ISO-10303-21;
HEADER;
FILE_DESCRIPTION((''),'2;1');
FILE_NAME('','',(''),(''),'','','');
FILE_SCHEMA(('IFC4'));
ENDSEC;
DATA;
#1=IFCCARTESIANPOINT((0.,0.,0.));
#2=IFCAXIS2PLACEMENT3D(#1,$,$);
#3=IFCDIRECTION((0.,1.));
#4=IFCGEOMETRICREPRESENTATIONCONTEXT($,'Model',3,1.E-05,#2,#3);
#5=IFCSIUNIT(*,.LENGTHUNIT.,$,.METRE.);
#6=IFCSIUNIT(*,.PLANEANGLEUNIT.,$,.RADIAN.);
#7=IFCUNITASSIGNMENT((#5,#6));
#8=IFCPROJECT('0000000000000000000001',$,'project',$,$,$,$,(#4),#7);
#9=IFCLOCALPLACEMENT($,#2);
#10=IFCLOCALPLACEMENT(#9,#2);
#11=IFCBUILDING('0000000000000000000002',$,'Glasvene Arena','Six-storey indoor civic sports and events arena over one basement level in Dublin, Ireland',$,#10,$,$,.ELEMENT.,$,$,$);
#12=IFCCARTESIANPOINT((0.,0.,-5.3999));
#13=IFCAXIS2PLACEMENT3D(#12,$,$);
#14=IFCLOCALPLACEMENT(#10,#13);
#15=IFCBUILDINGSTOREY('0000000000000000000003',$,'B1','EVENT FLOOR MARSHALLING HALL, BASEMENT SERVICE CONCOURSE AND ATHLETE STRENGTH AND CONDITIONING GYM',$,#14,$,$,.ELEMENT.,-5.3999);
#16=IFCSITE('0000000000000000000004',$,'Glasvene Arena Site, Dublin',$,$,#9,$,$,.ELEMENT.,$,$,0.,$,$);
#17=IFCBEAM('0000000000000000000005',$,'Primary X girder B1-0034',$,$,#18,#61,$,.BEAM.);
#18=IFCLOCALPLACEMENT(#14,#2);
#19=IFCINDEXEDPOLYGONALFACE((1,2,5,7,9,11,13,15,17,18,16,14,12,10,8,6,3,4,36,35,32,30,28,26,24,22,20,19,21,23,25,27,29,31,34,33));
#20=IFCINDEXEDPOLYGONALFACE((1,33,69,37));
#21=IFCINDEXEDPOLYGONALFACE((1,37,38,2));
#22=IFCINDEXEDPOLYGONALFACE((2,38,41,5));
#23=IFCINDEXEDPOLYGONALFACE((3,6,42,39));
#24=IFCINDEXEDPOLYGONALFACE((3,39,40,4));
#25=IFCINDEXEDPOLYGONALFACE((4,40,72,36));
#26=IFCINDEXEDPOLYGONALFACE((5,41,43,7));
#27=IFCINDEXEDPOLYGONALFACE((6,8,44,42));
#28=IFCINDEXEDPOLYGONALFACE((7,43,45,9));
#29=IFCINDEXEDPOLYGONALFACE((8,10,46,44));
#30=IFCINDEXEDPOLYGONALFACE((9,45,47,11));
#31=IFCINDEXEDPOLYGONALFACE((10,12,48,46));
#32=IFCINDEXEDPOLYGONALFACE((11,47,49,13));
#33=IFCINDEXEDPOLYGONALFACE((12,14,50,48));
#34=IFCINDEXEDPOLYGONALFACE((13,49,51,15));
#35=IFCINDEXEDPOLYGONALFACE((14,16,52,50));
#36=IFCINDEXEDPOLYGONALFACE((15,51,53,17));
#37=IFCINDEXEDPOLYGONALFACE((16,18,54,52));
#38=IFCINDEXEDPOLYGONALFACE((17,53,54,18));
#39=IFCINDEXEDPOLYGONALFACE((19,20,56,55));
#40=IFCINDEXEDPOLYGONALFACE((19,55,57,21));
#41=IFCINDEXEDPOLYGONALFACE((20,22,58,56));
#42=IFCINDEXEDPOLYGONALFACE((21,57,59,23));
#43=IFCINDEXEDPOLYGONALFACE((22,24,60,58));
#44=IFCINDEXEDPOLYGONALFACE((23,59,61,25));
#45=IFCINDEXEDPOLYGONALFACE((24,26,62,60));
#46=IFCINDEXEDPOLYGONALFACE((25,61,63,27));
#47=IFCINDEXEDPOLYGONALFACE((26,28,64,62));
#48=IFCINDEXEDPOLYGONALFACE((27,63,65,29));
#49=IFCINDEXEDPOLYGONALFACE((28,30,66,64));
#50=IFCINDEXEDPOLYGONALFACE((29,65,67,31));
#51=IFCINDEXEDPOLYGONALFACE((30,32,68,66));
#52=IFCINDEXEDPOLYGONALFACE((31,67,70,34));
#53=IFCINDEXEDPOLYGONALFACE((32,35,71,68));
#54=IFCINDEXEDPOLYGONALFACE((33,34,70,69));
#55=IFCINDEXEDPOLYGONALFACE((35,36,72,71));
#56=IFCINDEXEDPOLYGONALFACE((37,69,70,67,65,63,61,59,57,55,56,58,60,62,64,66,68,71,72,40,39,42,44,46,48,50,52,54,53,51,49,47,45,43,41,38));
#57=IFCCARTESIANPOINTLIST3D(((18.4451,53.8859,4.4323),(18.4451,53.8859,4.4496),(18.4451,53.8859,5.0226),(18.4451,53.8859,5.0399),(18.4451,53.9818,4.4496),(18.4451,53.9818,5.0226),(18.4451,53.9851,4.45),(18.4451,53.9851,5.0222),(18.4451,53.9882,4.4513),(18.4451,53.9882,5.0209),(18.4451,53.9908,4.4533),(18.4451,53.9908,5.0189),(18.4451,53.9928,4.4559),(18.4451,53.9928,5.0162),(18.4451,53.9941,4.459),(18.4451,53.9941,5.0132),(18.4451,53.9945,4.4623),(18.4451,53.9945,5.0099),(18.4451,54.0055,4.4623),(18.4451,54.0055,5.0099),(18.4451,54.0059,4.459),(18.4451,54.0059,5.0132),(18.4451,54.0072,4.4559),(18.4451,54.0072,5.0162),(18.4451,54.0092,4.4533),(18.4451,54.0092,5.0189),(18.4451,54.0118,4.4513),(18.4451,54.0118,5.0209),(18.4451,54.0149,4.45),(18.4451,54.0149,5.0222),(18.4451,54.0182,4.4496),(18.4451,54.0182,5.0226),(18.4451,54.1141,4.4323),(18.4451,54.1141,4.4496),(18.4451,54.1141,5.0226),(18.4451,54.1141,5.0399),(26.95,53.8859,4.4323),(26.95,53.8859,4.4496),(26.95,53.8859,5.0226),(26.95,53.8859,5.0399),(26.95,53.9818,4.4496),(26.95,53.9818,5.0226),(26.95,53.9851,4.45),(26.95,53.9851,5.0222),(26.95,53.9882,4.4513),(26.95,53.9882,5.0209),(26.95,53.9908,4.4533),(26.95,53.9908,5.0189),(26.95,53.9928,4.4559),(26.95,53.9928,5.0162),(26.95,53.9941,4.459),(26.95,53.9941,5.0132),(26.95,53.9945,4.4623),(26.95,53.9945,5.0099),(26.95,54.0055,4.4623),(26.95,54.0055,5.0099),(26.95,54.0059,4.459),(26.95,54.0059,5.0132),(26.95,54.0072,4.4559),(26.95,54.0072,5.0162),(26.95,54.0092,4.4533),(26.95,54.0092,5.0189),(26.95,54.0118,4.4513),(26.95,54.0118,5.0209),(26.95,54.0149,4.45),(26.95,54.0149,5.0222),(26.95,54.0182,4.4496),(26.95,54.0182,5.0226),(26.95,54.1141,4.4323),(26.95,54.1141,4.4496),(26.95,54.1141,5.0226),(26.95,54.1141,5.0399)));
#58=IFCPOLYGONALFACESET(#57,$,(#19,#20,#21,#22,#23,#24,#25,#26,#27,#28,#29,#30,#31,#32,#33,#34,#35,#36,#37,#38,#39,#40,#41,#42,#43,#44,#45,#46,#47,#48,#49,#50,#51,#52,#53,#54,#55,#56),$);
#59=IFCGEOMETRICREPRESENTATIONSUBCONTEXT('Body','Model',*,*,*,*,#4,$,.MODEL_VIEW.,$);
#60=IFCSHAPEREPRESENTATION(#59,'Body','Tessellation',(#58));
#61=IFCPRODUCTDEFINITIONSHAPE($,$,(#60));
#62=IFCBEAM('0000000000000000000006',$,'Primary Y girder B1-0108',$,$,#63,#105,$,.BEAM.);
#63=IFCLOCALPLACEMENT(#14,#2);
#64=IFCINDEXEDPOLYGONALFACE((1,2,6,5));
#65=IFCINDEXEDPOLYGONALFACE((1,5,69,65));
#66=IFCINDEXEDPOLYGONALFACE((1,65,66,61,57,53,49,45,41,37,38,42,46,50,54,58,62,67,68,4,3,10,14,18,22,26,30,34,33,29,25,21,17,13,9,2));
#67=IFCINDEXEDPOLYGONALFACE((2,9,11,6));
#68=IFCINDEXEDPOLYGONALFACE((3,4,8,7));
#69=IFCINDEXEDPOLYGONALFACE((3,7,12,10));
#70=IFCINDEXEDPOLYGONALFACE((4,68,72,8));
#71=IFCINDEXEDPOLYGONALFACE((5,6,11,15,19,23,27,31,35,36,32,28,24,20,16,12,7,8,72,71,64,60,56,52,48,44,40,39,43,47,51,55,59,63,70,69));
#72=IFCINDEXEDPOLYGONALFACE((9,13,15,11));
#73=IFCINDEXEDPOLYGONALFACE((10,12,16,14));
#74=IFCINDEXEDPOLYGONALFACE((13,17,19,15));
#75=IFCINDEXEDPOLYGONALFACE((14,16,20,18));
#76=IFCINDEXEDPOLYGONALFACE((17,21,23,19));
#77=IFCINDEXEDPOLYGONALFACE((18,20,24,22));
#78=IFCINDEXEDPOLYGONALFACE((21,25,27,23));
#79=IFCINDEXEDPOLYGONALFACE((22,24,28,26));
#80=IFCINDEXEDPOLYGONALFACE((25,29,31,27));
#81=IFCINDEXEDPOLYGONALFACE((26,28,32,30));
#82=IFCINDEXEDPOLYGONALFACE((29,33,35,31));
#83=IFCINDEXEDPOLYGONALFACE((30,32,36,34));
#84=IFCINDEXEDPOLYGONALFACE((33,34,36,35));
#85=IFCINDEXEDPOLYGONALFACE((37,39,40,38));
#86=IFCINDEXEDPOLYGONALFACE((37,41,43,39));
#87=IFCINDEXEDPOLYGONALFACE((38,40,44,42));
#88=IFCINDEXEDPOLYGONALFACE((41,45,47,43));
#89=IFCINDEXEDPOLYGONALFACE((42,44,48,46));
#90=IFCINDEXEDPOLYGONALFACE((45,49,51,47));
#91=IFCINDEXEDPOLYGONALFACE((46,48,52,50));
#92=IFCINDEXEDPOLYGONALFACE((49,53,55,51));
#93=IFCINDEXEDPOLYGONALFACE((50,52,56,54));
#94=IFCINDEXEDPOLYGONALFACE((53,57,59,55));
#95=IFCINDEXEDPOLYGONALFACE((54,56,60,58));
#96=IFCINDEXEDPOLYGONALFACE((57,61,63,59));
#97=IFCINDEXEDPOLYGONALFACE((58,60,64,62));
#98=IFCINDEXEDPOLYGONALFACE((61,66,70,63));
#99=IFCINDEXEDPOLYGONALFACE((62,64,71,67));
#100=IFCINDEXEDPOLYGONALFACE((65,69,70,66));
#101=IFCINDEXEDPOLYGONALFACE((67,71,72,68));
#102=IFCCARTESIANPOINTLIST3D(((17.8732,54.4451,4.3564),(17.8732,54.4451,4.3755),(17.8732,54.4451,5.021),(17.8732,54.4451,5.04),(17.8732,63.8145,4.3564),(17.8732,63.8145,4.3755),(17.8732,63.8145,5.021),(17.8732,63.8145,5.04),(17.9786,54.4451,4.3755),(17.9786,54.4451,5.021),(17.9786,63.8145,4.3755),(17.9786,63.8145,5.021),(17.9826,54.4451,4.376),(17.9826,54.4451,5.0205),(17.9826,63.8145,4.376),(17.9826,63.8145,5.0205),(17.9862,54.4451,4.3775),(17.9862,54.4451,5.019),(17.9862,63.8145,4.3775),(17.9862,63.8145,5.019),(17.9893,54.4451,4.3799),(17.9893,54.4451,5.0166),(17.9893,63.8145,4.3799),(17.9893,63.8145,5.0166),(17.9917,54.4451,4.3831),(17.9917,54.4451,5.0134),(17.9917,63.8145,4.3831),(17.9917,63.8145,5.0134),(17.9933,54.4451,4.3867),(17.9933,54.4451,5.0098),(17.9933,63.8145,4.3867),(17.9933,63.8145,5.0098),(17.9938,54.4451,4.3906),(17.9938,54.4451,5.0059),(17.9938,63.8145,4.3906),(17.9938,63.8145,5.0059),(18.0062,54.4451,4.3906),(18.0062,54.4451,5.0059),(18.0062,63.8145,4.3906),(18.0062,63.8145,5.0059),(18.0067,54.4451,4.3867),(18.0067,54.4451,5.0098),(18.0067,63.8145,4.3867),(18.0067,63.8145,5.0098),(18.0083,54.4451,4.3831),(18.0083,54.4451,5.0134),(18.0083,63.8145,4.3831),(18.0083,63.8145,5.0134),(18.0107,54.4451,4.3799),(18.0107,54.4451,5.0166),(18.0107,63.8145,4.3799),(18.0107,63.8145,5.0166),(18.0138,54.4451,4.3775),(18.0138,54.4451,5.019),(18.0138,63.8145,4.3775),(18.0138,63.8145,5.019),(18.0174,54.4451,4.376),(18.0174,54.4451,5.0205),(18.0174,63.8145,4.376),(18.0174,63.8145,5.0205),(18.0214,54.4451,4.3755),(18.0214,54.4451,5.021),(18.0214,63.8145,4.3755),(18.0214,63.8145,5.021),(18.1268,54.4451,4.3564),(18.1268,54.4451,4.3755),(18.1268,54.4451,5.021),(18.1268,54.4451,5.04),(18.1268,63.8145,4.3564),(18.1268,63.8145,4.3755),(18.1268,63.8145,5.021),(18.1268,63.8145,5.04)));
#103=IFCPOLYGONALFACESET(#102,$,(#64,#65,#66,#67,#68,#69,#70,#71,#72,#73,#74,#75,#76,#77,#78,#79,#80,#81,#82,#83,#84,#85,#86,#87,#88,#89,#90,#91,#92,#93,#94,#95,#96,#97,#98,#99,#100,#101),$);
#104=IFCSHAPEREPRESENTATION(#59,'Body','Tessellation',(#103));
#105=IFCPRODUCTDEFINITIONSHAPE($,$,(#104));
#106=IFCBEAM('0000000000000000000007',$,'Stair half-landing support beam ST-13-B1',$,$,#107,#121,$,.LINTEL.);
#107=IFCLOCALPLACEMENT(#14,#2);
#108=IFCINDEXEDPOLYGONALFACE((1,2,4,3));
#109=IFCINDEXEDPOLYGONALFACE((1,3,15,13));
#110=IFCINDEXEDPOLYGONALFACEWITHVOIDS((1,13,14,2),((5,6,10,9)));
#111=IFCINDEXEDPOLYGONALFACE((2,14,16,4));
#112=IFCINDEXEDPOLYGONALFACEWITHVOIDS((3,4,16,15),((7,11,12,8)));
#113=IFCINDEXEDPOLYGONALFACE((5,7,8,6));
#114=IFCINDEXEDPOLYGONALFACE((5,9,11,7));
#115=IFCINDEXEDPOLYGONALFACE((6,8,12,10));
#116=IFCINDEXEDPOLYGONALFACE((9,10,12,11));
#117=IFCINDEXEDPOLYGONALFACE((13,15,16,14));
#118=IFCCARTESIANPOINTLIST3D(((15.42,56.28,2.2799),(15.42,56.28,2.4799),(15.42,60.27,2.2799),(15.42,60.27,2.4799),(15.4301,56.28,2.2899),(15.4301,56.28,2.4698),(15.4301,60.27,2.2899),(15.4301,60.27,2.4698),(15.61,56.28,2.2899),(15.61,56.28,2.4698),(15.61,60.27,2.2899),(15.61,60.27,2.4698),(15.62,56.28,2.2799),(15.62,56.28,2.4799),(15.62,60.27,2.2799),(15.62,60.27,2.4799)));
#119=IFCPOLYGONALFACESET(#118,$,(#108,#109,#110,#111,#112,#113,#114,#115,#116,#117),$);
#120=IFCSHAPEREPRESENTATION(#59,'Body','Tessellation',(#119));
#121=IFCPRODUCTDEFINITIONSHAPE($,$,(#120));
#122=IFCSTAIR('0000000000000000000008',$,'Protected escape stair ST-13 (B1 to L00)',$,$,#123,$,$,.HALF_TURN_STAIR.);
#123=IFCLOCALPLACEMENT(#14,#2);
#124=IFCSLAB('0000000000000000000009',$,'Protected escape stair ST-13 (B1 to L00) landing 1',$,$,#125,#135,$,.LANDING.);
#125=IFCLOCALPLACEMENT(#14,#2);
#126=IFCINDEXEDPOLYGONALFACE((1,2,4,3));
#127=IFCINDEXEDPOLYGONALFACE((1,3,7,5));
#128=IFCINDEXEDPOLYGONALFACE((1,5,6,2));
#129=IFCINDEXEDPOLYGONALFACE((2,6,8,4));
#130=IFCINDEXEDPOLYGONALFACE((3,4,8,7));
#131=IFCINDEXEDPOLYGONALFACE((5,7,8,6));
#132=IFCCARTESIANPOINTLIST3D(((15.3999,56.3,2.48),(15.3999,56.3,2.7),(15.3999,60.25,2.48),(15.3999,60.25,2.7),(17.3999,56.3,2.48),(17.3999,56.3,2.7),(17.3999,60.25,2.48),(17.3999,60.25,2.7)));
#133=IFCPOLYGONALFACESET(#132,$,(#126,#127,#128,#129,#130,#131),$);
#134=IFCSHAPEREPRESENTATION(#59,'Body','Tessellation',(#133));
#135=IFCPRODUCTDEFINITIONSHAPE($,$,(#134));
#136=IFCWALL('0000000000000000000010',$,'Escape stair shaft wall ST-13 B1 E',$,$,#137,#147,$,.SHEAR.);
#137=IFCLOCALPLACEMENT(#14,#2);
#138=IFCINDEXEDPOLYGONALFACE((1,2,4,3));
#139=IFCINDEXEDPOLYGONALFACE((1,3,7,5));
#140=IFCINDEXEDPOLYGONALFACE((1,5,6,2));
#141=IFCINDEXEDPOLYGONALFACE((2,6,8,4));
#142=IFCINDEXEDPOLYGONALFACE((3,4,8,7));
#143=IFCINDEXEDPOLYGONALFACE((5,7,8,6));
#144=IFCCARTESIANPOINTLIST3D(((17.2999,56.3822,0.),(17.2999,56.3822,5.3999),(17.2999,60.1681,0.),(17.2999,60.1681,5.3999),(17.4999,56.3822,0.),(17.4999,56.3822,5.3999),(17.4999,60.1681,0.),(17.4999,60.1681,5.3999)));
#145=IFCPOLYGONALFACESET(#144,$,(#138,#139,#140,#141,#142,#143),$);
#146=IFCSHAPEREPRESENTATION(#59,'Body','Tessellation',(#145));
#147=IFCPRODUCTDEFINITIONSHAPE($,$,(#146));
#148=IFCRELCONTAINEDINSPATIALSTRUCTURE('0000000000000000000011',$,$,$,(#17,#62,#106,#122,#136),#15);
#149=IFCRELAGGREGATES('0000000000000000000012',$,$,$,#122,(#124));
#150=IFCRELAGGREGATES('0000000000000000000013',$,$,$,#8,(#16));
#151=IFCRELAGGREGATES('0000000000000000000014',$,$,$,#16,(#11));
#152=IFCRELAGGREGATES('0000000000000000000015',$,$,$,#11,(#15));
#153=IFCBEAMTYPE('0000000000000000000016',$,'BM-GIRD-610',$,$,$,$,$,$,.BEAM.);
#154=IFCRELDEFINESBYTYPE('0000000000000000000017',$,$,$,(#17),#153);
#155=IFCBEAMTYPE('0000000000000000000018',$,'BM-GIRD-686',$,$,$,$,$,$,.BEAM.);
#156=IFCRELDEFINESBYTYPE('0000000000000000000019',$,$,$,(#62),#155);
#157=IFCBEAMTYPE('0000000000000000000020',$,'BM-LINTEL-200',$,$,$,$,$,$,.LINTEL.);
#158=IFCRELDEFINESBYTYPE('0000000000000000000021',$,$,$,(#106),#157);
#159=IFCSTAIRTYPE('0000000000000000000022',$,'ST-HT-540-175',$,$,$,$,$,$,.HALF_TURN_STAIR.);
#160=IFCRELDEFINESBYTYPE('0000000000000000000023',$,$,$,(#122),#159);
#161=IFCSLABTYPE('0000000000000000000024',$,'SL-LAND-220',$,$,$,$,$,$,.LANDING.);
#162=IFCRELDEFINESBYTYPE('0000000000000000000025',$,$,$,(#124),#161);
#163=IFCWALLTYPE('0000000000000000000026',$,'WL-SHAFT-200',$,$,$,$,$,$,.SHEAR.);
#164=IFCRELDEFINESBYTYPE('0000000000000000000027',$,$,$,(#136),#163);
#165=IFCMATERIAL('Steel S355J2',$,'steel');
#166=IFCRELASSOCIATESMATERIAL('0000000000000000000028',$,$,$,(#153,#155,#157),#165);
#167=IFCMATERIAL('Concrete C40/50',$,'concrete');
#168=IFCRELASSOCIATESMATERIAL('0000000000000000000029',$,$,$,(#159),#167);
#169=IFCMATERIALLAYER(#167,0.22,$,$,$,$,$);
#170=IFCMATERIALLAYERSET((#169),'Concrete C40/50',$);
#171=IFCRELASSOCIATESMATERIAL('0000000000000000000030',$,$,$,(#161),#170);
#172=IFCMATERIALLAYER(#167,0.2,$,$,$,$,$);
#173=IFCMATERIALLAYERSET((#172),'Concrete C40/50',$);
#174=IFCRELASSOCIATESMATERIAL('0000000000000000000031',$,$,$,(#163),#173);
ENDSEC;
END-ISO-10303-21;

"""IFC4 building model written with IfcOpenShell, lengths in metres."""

from ifc_helpers import new_model, si_unit, direction, frame, frame_2d, origin, origin_2d, place, context, subcontext, project, spatial, polyline, rectangle, hollow_rectangle, i_section, outline, extrude, material, layer, layer_set, material_profile, profile_set, type_object, element, aggregate, save


model = new_model("IFC4")

# Units and contexts
model_context = context("Model", 3, precision=1e-05, world=origin(), true_north=direction((0.0, 1.0)))
body_context = subcontext(model_context, "Body", "Model", "MODEL_VIEW")
ifc_project = project(units=[si_unit("LENGTHUNIT", "METRE"), si_unit("PLANEANGLEUNIT", "RADIAN")], contexts=[model_context])

# Site, building, storey
site_placement = place(None, origin())
site = spatial("IfcSite", under=ifc_project, at=site_placement, Name="Glasvene Arena Site, Dublin", CompositionType="ELEMENT", RefElevation=0.0)
building_placement = place(site_placement, origin())
building = spatial("IfcBuilding", under=site, at=building_placement, Name="Glasvene Arena", Description="Six-storey indoor civic sports and events arena over one basement level in Dublin, Ireland", CompositionType="ELEMENT")
storey_placement = place(building_placement, frame((0.0, 0.0, -5.3999)))
storey = spatial("IfcBuildingStorey", under=building, at=storey_placement, Name="B1", Description="EVENT FLOOR MARSHALLING HALL, BASEMENT SERVICE CONCOURSE AND ATHLETE STRENGTH AND CONDITIONING GYM", CompositionType="ELEMENT", Elevation=-5.3999)

# Shared definitions
ifc_material_1 = material(Name="Concrete C40/50", Category="concrete")

# Beams
ifc_material_2 = material(Name="Steel S355J2", Category="steel")
ifc_material_profile_1 = material_profile(ifc_material_2, i_section(OverallWidth=0.2283, OverallDepth=0.6077, WebThickness=0.011, FlangeThickness=0.0173, FilletRadius=0.0127, at=origin_2d()), Name="UKB 610x229x113")
ifc_profile_set_1 = profile_set([ifc_material_profile_1], Name="Steel S355J2")
beam_type_1 = type_object("IfcBeamType", Name="BM-GIRD-610", PredefinedType="BEAM", material=ifc_profile_set_1)
beam_1_placement = place(storey_placement, frame((18.4451, 54.0, 4.7361), z_axis=(1.0, 0.0, 0.0), x_axis=(0.0, 1.0, 0.0)))
element("IfcBeam", 1, at=beam_1_placement, inside=storey, type_object=beam_type_1, Name="Primary X girder B1-0034", PredefinedType="BEAM", context=body_context, shape_type="SweptSolid", body=[
    extrude(i_section(OverallWidth=0.2283, OverallDepth=0.6077, WebThickness=0.011, FlangeThickness=0.0173, FilletRadius=0.0127, at=origin_2d()), origin(), (0.0, 0.0, 1.0), 8.5049),
])
ifc_material_profile_2 = material_profile(ifc_material_2, i_section(OverallWidth=0.2537, OverallDepth=0.6836, WebThickness=0.0125, FlangeThickness=0.019, FilletRadius=0.0151, at=origin_2d()), Name="UKB 686x254x140")
ifc_profile_set_2 = profile_set([ifc_material_profile_2], Name="Steel S355J2")
beam_type_2 = type_object("IfcBeamType", Name="BM-GIRD-686", PredefinedType="BEAM", material=ifc_profile_set_2)
beam_2_placement = place(storey_placement, frame((18.0, 54.4451, 4.6982), z_axis=(0.0, 1.0, 0.0), x_axis=(-1.0, 0.0, 0.0)))
element("IfcBeam", 2, at=beam_2_placement, inside=storey, type_object=beam_type_2, Name="Primary Y girder B1-0108", PredefinedType="BEAM", context=body_context, shape_type="SweptSolid", body=[
    extrude(i_section(OverallWidth=0.2537, OverallDepth=0.6836, WebThickness=0.0125, FlangeThickness=0.019, FilletRadius=0.0151, at=origin_2d()), origin(), (0.0, 0.0, 1.0), 9.3694),
])
ifc_material_profile_3 = material_profile(ifc_material_2, hollow_rectangle(XDim=0.2, YDim=0.2, WallThickness=0.01, at=origin_2d()), Name="SHS 200x200x10.0")
ifc_profile_set_3 = profile_set([ifc_material_profile_3], Name="Steel S355J2")
beam_type_3 = type_object("IfcBeamType", Name="BM-LINTEL-200", PredefinedType="LINTEL", material=ifc_profile_set_3)
beam_3_placement = place(storey_placement, frame((15.52, 56.28, 2.3799), z_axis=(0.0, 1.0, 0.0), x_axis=(-1.0, 0.0, 0.0)))
element("IfcBeam", 3, at=beam_3_placement, inside=storey, type_object=beam_type_3, Name="Stair half-landing support beam ST-13-B1", PredefinedType="LINTEL", context=body_context, shape_type="SweptSolid", body=[
    extrude(hollow_rectangle(XDim=0.2, YDim=0.2, WallThickness=0.01, at=origin_2d()), origin(), (0.0, 0.0, 1.0), 3.99),
])

# Stair, slab
stair_type_1 = type_object("IfcStairType", Name="ST-HT-540-175", PredefinedType="HALF_TURN_STAIR", material=ifc_material_1)
stair_1_placement = place(storey_placement, origin())
stair_1 = element("IfcStair", 4, at=stair_1_placement, inside=storey, type_object=stair_type_1, Name="Protected escape stair ST-13 (B1 to L00)", PredefinedType="HALF_TURN_STAIR")
ifc_layer_1 = layer(ifc_material_1, 0.22)
ifc_layer_set_1 = layer_set([ifc_layer_1], Name="Concrete C40/50")
slab_type = type_object("IfcSlabType", Name="SL-LAND-220", PredefinedType="LANDING", material=ifc_layer_set_1)
slab_placement = place(storey_placement, frame((16.3999, 58.2749, 2.48)))
slab = element("IfcSlab", 5, at=slab_placement, type_object=slab_type, Name="Protected escape stair ST-13 (B1 to L00) landing 1", PredefinedType="LANDING", context=body_context, shape_type="SweptSolid", body=[
    extrude(outline(polyline([(-1.0, -1.9749), (1.0, -1.9749), (1.0, 1.9751), (-1.0, 1.9751), (-1.0, -1.9749)])), origin(), (0.0, 0.0, 1.0), 0.22),
])

# Wall
ifc_layer_2 = layer(ifc_material_1, 0.2)
ifc_layer_set_2 = layer_set([ifc_layer_2], Name="Concrete C40/50")
wall_type = type_object("IfcWallType", Name="WL-SHAFT-200", PredefinedType="SHEAR", material=ifc_layer_set_2)
wall_placement = place(storey_placement, frame((17.3999, 56.3821, 0.0), z_axis=(0.0, 0.0, 1.0), x_axis=(0.0, 1.0, 0.0)))
element("IfcWall", 6, at=wall_placement, inside=storey, type_object=wall_type, Name="Escape stair shaft wall ST-13 B1 E", PredefinedType="SHEAR", context=body_context, shape_type="SweptSolid", body=[
    extrude(rectangle(XDim=3.7859, YDim=0.2, at=frame_2d((1.8931, 0.0))), origin(), (0.0, 0.0, 1.0), 5.3999),
])

aggregate(stair_1, [slab])

save(model, "model.ifc")
